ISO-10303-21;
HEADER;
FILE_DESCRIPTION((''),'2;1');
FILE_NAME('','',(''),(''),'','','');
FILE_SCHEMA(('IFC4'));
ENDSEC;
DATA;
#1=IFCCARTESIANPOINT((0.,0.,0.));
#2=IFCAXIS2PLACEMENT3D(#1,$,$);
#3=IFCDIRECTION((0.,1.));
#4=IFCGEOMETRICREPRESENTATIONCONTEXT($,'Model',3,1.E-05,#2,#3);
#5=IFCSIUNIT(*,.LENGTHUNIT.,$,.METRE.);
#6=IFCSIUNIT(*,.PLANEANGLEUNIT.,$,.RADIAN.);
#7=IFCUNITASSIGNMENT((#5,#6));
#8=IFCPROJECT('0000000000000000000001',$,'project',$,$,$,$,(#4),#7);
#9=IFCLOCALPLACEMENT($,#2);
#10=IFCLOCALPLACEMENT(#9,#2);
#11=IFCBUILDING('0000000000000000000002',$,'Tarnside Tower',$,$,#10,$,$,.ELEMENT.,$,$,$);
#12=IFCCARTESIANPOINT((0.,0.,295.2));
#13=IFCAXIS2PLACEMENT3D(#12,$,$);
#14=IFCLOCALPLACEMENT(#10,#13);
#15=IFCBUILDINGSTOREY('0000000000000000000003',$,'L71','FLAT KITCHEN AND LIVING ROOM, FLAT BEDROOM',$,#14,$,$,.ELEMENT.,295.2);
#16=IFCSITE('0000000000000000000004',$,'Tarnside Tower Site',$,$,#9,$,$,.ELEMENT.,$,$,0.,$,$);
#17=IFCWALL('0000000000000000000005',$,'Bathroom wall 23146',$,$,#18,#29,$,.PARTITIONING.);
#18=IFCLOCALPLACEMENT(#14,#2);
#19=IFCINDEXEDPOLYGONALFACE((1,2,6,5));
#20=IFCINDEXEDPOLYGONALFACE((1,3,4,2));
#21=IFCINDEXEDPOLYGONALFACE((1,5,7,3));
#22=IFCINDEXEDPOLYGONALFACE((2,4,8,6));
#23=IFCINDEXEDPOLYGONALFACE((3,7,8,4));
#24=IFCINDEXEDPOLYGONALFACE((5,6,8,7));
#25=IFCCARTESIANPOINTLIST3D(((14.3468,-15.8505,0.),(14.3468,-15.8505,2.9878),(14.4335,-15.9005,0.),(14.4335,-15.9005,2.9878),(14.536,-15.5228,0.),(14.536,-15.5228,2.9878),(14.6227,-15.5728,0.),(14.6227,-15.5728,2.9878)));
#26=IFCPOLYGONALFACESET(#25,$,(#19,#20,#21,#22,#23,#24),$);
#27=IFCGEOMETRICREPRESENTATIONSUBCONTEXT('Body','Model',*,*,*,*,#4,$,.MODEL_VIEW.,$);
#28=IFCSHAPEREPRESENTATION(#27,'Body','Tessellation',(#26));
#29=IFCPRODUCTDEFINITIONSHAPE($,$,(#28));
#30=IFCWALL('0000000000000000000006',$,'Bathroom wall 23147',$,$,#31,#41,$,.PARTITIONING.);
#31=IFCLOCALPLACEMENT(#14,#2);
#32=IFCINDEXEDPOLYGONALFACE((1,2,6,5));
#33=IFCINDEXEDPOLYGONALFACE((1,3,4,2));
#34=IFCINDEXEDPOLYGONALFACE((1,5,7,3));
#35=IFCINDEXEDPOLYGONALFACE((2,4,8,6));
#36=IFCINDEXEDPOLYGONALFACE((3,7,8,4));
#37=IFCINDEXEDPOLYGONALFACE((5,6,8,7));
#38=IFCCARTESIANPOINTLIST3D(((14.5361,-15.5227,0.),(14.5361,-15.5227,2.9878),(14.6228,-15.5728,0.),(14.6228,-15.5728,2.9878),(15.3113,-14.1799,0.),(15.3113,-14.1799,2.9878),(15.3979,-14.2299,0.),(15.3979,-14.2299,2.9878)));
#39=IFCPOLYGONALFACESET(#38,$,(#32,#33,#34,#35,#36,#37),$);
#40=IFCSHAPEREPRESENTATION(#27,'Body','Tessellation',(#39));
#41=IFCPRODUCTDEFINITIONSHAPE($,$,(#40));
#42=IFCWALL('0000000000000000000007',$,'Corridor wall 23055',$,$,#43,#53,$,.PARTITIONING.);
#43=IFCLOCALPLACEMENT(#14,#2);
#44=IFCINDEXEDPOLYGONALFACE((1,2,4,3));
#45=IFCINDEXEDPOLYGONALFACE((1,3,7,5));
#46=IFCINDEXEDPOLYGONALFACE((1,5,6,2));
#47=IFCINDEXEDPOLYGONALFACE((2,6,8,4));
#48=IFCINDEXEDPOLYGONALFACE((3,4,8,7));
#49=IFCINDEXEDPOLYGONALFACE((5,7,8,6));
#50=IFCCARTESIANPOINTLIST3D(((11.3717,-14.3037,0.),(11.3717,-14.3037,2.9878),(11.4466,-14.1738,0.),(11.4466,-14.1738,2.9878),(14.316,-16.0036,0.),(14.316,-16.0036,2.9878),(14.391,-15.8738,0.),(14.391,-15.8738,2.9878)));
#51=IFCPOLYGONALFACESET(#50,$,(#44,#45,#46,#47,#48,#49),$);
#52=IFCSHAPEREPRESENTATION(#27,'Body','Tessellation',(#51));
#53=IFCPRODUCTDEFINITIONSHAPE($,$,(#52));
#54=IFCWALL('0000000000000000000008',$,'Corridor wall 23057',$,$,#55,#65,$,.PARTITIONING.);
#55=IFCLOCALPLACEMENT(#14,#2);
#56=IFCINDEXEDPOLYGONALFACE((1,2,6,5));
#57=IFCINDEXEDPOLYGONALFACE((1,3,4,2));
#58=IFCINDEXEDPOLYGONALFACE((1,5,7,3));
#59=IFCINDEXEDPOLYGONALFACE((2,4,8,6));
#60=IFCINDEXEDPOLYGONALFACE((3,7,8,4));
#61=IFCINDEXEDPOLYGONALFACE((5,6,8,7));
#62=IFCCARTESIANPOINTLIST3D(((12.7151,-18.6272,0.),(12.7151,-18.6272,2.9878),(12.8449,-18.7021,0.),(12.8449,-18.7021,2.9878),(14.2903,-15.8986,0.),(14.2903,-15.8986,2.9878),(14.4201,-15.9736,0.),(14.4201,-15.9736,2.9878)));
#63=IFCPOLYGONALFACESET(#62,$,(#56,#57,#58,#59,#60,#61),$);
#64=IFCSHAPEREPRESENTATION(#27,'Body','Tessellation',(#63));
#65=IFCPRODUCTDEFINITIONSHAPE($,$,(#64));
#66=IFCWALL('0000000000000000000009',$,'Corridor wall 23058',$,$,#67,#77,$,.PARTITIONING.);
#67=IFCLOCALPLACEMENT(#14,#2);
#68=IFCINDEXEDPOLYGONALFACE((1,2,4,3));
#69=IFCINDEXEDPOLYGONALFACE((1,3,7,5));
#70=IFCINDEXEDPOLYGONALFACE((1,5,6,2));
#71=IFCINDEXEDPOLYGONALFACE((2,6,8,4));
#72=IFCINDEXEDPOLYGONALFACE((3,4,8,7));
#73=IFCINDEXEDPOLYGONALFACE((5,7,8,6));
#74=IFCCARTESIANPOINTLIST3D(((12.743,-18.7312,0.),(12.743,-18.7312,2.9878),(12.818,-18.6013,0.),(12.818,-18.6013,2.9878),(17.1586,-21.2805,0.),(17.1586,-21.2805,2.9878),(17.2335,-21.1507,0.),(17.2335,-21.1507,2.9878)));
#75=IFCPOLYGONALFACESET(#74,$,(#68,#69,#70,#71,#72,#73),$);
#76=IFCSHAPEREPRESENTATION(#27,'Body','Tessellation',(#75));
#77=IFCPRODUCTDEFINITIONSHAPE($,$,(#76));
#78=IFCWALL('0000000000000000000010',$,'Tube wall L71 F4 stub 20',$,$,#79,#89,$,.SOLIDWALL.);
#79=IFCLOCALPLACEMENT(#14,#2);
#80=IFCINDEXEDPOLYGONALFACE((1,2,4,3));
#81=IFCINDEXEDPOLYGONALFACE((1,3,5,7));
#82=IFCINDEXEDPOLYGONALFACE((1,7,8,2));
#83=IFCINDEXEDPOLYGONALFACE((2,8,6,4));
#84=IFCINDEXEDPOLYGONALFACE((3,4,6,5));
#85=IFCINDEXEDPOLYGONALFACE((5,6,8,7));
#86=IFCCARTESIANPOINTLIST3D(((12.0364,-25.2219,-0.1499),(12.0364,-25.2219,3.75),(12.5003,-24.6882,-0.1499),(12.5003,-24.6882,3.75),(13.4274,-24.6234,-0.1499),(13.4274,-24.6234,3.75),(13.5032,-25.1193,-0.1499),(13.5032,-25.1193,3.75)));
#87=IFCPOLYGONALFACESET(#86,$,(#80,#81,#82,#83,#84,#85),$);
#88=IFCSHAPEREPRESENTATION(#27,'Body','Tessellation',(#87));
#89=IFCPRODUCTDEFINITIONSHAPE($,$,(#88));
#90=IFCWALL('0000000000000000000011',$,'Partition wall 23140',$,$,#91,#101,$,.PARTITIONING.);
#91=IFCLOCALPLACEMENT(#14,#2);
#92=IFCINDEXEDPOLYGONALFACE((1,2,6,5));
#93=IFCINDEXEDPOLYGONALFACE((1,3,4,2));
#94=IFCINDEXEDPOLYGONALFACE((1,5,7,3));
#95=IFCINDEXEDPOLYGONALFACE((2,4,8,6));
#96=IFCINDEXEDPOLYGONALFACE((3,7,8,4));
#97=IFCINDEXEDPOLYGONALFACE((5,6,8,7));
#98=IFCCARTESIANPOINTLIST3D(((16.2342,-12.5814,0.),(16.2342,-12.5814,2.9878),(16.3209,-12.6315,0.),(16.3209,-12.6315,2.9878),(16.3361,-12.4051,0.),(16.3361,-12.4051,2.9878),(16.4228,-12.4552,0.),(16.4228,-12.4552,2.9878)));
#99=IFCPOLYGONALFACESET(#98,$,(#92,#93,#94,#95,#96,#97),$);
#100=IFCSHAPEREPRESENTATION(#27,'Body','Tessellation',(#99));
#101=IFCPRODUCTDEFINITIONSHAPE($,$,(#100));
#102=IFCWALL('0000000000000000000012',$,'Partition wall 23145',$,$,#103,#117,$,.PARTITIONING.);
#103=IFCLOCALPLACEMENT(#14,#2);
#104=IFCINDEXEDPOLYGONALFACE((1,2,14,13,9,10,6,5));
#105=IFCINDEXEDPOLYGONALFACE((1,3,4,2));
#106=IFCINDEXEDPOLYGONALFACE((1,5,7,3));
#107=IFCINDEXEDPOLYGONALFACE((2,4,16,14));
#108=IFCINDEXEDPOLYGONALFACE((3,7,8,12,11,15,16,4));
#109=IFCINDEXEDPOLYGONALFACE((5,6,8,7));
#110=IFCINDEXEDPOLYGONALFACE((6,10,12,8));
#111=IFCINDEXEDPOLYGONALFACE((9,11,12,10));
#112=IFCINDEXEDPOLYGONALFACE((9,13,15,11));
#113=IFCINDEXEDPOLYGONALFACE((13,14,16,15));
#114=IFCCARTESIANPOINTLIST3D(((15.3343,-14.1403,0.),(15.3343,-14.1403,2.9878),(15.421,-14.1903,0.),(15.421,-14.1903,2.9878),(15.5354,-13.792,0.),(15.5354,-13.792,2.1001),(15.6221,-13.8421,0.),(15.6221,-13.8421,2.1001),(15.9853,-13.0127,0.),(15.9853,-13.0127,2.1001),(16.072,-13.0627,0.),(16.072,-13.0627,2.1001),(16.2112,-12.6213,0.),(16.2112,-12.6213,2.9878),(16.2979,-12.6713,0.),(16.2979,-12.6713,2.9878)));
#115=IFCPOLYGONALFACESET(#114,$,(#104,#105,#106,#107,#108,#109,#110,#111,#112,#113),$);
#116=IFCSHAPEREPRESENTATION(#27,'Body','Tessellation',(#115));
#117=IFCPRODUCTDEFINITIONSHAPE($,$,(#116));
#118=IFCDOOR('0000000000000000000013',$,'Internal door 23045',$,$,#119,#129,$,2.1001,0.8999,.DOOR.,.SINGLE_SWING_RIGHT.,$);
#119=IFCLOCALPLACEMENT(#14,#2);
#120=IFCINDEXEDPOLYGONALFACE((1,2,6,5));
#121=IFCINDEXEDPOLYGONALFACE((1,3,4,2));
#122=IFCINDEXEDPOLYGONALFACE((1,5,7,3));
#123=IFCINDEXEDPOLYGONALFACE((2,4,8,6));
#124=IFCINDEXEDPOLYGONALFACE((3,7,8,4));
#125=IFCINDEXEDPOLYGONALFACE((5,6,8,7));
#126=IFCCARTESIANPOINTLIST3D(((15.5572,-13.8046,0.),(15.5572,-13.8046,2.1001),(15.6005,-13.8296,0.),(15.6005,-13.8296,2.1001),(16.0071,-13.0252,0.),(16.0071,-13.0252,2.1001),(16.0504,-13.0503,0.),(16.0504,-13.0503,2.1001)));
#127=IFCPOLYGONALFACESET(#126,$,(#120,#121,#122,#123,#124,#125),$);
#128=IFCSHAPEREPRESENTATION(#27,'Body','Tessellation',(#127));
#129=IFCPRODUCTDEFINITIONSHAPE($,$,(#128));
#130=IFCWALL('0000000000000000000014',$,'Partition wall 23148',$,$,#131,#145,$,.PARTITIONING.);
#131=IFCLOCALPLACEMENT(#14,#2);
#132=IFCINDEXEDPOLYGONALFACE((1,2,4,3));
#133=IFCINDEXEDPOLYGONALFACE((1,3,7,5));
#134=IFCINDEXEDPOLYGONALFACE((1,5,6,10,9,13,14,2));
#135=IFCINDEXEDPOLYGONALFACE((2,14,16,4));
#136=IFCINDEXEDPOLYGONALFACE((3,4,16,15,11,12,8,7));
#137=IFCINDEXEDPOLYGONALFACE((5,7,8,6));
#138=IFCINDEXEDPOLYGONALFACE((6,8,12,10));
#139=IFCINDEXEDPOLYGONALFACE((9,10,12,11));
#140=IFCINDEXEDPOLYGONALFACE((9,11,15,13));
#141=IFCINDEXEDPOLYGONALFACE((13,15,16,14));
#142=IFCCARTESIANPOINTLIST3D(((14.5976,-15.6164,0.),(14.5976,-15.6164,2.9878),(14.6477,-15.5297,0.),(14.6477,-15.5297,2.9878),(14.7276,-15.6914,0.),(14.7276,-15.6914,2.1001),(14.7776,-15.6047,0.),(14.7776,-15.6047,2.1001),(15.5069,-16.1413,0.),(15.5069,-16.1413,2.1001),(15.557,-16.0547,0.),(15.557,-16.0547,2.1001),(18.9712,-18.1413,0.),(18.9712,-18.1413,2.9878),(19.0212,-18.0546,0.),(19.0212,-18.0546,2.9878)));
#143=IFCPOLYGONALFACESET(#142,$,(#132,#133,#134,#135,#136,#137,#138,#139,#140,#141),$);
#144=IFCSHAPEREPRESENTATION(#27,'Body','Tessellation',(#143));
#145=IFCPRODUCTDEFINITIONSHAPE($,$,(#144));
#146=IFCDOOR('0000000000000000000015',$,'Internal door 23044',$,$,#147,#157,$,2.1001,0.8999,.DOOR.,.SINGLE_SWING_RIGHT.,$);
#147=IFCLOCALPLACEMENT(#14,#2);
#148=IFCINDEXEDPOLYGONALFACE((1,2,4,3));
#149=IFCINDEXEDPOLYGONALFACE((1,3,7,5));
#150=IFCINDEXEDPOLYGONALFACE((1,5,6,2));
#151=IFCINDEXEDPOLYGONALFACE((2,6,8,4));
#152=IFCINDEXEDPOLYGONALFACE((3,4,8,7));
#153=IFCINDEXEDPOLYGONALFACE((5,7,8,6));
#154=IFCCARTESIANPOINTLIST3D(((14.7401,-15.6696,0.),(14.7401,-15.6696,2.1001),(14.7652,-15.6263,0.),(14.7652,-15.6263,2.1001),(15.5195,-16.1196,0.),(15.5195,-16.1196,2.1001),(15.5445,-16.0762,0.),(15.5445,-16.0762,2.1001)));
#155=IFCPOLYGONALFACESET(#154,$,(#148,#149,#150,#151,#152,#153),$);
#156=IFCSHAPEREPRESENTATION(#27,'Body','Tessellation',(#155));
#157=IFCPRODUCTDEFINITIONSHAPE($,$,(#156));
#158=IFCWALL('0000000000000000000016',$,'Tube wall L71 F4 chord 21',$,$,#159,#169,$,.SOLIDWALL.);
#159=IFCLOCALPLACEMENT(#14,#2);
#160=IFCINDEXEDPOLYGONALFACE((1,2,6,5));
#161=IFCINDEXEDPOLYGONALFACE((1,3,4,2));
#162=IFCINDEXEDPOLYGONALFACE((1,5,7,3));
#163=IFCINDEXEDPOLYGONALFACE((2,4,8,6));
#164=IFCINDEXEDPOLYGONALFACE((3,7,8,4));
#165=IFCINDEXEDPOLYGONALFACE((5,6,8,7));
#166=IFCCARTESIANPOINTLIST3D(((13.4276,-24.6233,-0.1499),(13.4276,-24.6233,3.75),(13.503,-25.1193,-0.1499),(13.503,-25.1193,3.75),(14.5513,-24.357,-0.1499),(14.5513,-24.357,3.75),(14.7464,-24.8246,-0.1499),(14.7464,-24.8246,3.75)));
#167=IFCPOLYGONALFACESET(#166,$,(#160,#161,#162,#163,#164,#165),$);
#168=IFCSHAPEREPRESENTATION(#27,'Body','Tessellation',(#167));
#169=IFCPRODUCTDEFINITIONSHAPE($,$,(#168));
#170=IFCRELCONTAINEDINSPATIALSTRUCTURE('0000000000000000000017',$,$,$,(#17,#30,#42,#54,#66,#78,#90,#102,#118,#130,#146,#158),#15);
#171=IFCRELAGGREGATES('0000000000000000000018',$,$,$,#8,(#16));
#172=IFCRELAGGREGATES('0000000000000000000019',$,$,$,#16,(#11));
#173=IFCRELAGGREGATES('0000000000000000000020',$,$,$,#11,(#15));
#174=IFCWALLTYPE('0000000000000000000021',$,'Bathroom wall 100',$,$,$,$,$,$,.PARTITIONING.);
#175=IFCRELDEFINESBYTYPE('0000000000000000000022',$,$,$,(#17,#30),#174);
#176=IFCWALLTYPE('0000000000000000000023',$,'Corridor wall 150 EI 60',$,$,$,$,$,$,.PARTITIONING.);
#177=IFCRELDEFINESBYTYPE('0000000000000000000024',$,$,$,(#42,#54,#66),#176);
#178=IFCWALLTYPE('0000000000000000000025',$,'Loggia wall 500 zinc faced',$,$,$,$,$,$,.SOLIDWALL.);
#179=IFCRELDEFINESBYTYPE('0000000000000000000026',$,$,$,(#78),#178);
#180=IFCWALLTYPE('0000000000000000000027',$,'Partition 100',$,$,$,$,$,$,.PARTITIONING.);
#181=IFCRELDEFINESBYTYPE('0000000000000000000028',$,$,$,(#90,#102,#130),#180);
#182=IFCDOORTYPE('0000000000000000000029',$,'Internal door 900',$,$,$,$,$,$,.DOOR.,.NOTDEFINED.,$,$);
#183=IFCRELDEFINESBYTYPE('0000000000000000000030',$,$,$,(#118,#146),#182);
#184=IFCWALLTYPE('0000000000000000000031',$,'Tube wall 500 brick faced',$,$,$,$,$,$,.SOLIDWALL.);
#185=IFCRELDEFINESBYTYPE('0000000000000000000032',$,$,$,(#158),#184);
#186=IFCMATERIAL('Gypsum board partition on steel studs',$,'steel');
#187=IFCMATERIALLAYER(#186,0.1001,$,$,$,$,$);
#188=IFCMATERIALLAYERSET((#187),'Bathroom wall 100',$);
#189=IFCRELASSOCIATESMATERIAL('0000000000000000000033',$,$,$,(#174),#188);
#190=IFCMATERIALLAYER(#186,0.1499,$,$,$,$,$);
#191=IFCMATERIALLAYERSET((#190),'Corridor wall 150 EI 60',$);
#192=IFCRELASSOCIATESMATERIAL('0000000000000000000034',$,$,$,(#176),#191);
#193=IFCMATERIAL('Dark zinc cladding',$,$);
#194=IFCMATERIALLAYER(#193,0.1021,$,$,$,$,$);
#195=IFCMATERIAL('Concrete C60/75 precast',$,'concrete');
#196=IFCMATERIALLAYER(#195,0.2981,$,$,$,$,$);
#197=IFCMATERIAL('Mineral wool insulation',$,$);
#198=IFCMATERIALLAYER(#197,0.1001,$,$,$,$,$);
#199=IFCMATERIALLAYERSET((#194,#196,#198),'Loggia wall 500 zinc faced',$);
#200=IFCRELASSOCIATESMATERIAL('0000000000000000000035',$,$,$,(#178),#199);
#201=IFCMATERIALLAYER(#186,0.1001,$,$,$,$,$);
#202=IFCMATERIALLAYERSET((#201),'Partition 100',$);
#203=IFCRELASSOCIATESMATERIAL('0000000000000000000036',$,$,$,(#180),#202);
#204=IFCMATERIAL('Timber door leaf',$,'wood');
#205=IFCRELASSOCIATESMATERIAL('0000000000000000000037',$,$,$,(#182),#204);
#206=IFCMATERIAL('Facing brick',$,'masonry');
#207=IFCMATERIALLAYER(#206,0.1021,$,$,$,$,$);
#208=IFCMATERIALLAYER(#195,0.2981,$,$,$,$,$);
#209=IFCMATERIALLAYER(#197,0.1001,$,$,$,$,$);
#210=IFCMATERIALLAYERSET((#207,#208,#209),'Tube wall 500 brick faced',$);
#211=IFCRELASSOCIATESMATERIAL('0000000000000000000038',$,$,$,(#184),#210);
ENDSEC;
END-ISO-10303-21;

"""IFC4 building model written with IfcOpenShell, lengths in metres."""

from ifc_helpers import new_model, si_unit, direction, frame, frame_2d, origin, place, context, subcontext, project, spatial, polyline, rectangle, outline, extrude, material, layer, layer_set, type_object, element, fill, save


model = new_model("IFC4")

# Units and contexts
model_context = context("Model", 3, precision=1e-05, world=origin(), true_north=direction((0.0, 1.0)))
body_context = subcontext(model_context, "Body", "Model", "MODEL_VIEW")
ifc_project = project(units=[si_unit("LENGTHUNIT", "METRE"), si_unit("PLANEANGLEUNIT", "RADIAN")], contexts=[model_context])

# Site, building, storey
site_placement = place(None, origin())
site = spatial("IfcSite", under=ifc_project, at=site_placement, Name="Tarnside Tower Site", CompositionType="ELEMENT", RefElevation=0.0)
building_placement = place(site_placement, origin())
building = spatial("IfcBuilding", under=site, at=building_placement, Name="Tarnside Tower", CompositionType="ELEMENT")
storey_placement = place(building_placement, frame((0.0, 0.0, 295.2)))
storey = spatial("IfcBuildingStorey", under=building, at=storey_placement, Name="L71", Description="FLAT KITCHEN AND LIVING ROOM, FLAT BEDROOM", CompositionType="ELEMENT", Elevation=295.2)

# Walls
ifc_material_1 = material(Name="Gypsum board partition on steel studs", Category="steel")
ifc_layer_1 = layer(ifc_material_1, 0.1001)
ifc_layer_set_1 = layer_set([ifc_layer_1], Name="Bathroom wall 100")
wall_type_1 = type_object("IfcWallType", Name="Bathroom wall 100", PredefinedType="PARTITIONING", material=ifc_layer_set_1)
wall_1_placement = place(storey_placement, frame((14.3901, -15.8755, 0.0), z_axis=(0.0, 0.0, 1.0), x_axis=(0.500095, 0.865971, 0.0)))
element("IfcWall", 1, at=wall_1_placement, inside=storey, type_object=wall_type_1, Name="Bathroom wall 23146", PredefinedType="PARTITIONING", context=body_context, shape_type="SweptSolid", body=[
    extrude(rectangle(XDim=0.3784, YDim=0.1001, at=frame_2d((0.1892, 0.0))), origin(), (0.0, 0.0, 1.0), 2.9878),
])
wall_2_placement = place(storey_placement, frame((14.5793, -15.5479, 0.0), z_axis=(0.0, 0.0, 1.0), x_axis=(0.49995, 0.866054, 0.0)))
element("IfcWall", 2, at=wall_2_placement, inside=storey, type_object=wall_type_1, Name="Bathroom wall 23147", PredefinedType="PARTITIONING", context=body_context, shape_type="SweptSolid", body=[
    extrude(rectangle(XDim=1.5505, YDim=0.1001, at=frame_2d((0.7754, 0.0))), origin(), (0.0, 0.0, 1.0), 2.9878),
])
ifc_layer_2 = layer(ifc_material_1, 0.1499)
ifc_layer_set_2 = layer_set([ifc_layer_2], Name="Corridor wall 150 EI 60")
wall_type_2 = type_object("IfcWallType", Name="Corridor wall 150 EI 60", PredefinedType="PARTITIONING", material=ifc_layer_set_2)
wall_3_placement = place(storey_placement, frame((14.3535, -15.9387, 0.0), z_axis=(0.0, 0.0, 1.0), x_axis=(-0.866021, 0.500008, 0.0)))
element("IfcWall", 3, at=wall_3_placement, inside=storey, type_object=wall_type_2, Name="Corridor wall 23055", PredefinedType="PARTITIONING", context=body_context, shape_type="SweptSolid", body=[
    extrude(rectangle(XDim=3.3999, YDim=0.1499, at=frame_2d((1.7, 0.0))), origin(), (0.0, 0.0, 1.0), 2.9878),
])
wall_4_placement = place(storey_placement, frame((12.78, -18.6646, 0.0), z_axis=(0.0, 0.0, 1.0), x_axis=(0.499973, 0.866041, 0.0)))
element("IfcWall", 4, at=wall_4_placement, inside=storey, type_object=wall_type_2, Name="Corridor wall 23057", PredefinedType="PARTITIONING", context=body_context, shape_type="SweptSolid", body=[
    extrude(rectangle(XDim=3.1506, YDim=0.1499, at=frame_2d((1.5752, 0.0))), origin(), (0.0, 0.0, 1.0), 2.9878),
])
wall_5_placement = place(storey_placement, frame((17.196, -21.2156, 0.0), z_axis=(0.0, 0.0, 1.0), x_axis=(-0.866025, 0.500002, 0.0)))
element("IfcWall", 5, at=wall_5_placement, inside=storey, type_object=wall_type_2, Name="Corridor wall 23058", PredefinedType="PARTITIONING", context=body_context, shape_type="SweptSolid", body=[
    extrude(rectangle(XDim=5.0986, YDim=0.1499, at=frame_2d((2.5493, 0.0))), origin(), (0.0, 0.0, 1.0), 2.9878),
])
ifc_material_2 = material(Name="Dark zinc cladding")
ifc_layer_3 = layer(ifc_material_2, 0.1021)
ifc_material_3 = material(Name="Concrete C60/75 precast", Category="concrete")
ifc_layer_4 = layer(ifc_material_3, 0.2981)
ifc_material_4 = material(Name="Mineral wool insulation")
ifc_layer_5 = layer(ifc_material_4, 0.1001)
ifc_layer_set_3 = layer_set([ifc_layer_3, ifc_layer_4, ifc_layer_5], Name="Loggia wall 500 zinc faced")
wall_type_3 = type_object("IfcWallType", Name="Loggia wall 500 zinc faced", PredefinedType="SOLIDWALL", material=ifc_layer_set_3)
wall_6_placement = place(storey_placement, frame((12.2683, -24.9551, -0.1499), z_axis=(0.0, 0.0, 1.0), x_axis=(0.997562, 0.069787, 0.0)))
element("IfcWall", 6, at=wall_6_placement, inside=storey, type_object=wall_type_3, Name="Tube wall L71 F4 stub 20", PredefinedType="SOLIDWALL", context=body_context, shape_type="SweptSolid", body=[
    extrude(outline(polyline([(-0.25, -0.25), (1.2205, -0.25), (1.1794, 0.25), (0.25, 0.25), (-0.25, -0.25)])), origin(), (0.0, 0.0, 1.0), 3.8999),
])
ifc_layer_6 = layer(ifc_material_1, 0.1001)
ifc_layer_set_4 = layer_set([ifc_layer_6], Name="Partition 100")
wall_type_4 = type_object("IfcWallType", Name="Partition 100", PredefinedType="PARTITIONING", material=ifc_layer_set_4)
wall_7_placement = place(storey_placement, frame((16.2776, -12.6064, 0.0), z_axis=(0.0, 0.0, 1.0), x_axis=(0.500138, 0.865946, 0.0)))
element("IfcWall", 7, at=wall_7_placement, inside=storey, type_object=wall_type_4, Name="Partition wall 23140", PredefinedType="PARTITIONING", context=body_context, shape_type="SweptSolid", body=[
    extrude(rectangle(XDim=0.2036, YDim=0.1001, at=frame_2d((0.1018, 0.0))), origin(), (0.0, 0.0, 1.0), 2.9878),
])

# Walls, openings, doors
wall_8_placement = place(storey_placement, frame((15.3777, -14.1653, 0.0), z_axis=(0.0, 0.0, 1.0), x_axis=(0.499971, 0.866042, 0.0)))
wall_8 = element("IfcWall", 8, at=wall_8_placement, inside=storey, type_object=wall_type_4, Name="Partition wall 23145", PredefinedType="PARTITIONING", context=body_context, shape_type="SweptSolid", body=[
    extrude(rectangle(XDim=1.7539, YDim=0.1001, at=frame_2d((0.877, 0.0))), origin(), (0.0, 0.0, 1.0), 2.9878),
])
opening_1_placement = place(wall_8_placement, frame((0.4021, 0.0, 0.0)))
opening_1 = element("IfcOpeningElement", 9, at=opening_1_placement, cuts=wall_8, PredefinedType="OPENING", context=body_context, shape_type="SweptSolid", body=[
    extrude(rectangle(XDim=0.8999, YDim=2.1001, at=frame_2d((0.45, 1.05))), frame((0.0, 0.0601, 0.0), z_axis=(0.0, -1.0, 0.0), x_axis=(1.0, 0.0, 0.0)), (0.0, 0.0, 1.0), 0.1201),
])
ifc_material_5 = material(Name="Timber door leaf", Category="wood")
door_type = type_object("IfcDoorType", Name="Internal door 900", OperationType="NOTDEFINED", PredefinedType="DOOR", material=ifc_material_5)
door_1_placement = place(opening_1_placement, origin())
door_1 = element("IfcDoor", 10, at=door_1_placement, inside=storey, type_object=door_type, Name="Internal door 23045", OperationType="SINGLE_SWING_RIGHT", OverallHeight=2.1001, OverallWidth=0.8999, PredefinedType="DOOR", context=body_context, shape_type="SweptSolid", body=[
    extrude(rectangle(XDim=0.8999, YDim=2.1001, at=frame_2d((0.45, 1.05))), frame((0.0, 0.0249, 0.0), z_axis=(0.0, -1.0, 0.0), x_axis=(1.0, 0.0, 0.0)), (0.0, 0.0, 1.0), 0.05),
])
fill(opening_1, door_1)
wall_9_placement = place(storey_placement, frame((18.9961, -18.0979, 0.0), z_axis=(0.0, 0.0, 1.0), x_axis=(-0.866039, 0.499976, 0.0)))
wall_9 = element("IfcWall", 11, at=wall_9_placement, inside=storey, type_object=wall_type_4, Name="Partition wall 23148", PredefinedType="PARTITIONING", context=body_context, shape_type="SweptSolid", body=[
    extrude(rectangle(XDim=5.05, YDim=0.1001, at=frame_2d((2.5249, 0.0))), origin(), (0.0, 0.0, 1.0), 2.9878),
])
opening_2_placement = place(wall_9_placement, frame((4.0, 0.0, 0.0)))
opening_2 = element("IfcOpeningElement", 12, at=opening_2_placement, cuts=wall_9, PredefinedType="OPENING", context=body_context, shape_type="SweptSolid", body=[
    extrude(rectangle(XDim=0.8999, YDim=2.1001, at=frame_2d((0.45, 1.05))), frame((0.0, 0.0601, 0.0), z_axis=(0.0, -1.0, 0.0), x_axis=(1.0, 0.0, 0.0)), (0.0, 0.0, 1.0), 0.1201),
])
door_2_placement = place(opening_2_placement, origin())
door_2 = element("IfcDoor", 13, at=door_2_placement, inside=storey, type_object=door_type, Name="Internal door 23044", OperationType="SINGLE_SWING_RIGHT", OverallHeight=2.1001, OverallWidth=0.8999, PredefinedType="DOOR", context=body_context, shape_type="SweptSolid", body=[
    extrude(rectangle(XDim=0.8999, YDim=2.1001, at=frame_2d((0.45, 1.05))), frame((0.0, 0.0249, 0.0), z_axis=(0.0, -1.0, 0.0), x_axis=(1.0, 0.0, 0.0)), (0.0, 0.0, 1.0), 0.05),
])
fill(opening_2, door_2)

# Wall
ifc_material_6 = material(Name="Facing brick", Category="masonry")
ifc_layer_7 = layer(ifc_material_6, 0.1021)
ifc_layer_8 = layer(ifc_material_3, 0.2981)
ifc_layer_9 = layer(ifc_material_4, 0.1001)
ifc_layer_set_5 = layer_set([ifc_layer_7, ifc_layer_8, ifc_layer_9], Name="Tube wall 500 brick faced")
wall_type_5 = type_object("IfcWallType", Name="Tube wall 500 brick faced", PredefinedType="SOLIDWALL", material=ifc_layer_set_5)
wall_10_placement = place(storey_placement, frame((13.4653, -24.8713, -0.1499), z_axis=(0.0, 0.0, 1.0), x_axis=(0.973045, 0.230616, 0.0)))
element("IfcWall", 14, at=wall_10_placement, inside=storey, type_object=wall_type_5, Name="Tube wall L71 F4 chord 21", PredefinedType="SOLIDWALL", context=body_context, shape_type="SweptSolid", body=[
    extrude(outline(polyline([(-0.0205, -0.25), (1.2573, -0.25), (1.1753, 0.25), (0.0205, 0.25), (-0.0205, -0.25)])), origin(), (0.0, 0.0, 1.0), 3.8999),
])

save(model, "model.ifc")
